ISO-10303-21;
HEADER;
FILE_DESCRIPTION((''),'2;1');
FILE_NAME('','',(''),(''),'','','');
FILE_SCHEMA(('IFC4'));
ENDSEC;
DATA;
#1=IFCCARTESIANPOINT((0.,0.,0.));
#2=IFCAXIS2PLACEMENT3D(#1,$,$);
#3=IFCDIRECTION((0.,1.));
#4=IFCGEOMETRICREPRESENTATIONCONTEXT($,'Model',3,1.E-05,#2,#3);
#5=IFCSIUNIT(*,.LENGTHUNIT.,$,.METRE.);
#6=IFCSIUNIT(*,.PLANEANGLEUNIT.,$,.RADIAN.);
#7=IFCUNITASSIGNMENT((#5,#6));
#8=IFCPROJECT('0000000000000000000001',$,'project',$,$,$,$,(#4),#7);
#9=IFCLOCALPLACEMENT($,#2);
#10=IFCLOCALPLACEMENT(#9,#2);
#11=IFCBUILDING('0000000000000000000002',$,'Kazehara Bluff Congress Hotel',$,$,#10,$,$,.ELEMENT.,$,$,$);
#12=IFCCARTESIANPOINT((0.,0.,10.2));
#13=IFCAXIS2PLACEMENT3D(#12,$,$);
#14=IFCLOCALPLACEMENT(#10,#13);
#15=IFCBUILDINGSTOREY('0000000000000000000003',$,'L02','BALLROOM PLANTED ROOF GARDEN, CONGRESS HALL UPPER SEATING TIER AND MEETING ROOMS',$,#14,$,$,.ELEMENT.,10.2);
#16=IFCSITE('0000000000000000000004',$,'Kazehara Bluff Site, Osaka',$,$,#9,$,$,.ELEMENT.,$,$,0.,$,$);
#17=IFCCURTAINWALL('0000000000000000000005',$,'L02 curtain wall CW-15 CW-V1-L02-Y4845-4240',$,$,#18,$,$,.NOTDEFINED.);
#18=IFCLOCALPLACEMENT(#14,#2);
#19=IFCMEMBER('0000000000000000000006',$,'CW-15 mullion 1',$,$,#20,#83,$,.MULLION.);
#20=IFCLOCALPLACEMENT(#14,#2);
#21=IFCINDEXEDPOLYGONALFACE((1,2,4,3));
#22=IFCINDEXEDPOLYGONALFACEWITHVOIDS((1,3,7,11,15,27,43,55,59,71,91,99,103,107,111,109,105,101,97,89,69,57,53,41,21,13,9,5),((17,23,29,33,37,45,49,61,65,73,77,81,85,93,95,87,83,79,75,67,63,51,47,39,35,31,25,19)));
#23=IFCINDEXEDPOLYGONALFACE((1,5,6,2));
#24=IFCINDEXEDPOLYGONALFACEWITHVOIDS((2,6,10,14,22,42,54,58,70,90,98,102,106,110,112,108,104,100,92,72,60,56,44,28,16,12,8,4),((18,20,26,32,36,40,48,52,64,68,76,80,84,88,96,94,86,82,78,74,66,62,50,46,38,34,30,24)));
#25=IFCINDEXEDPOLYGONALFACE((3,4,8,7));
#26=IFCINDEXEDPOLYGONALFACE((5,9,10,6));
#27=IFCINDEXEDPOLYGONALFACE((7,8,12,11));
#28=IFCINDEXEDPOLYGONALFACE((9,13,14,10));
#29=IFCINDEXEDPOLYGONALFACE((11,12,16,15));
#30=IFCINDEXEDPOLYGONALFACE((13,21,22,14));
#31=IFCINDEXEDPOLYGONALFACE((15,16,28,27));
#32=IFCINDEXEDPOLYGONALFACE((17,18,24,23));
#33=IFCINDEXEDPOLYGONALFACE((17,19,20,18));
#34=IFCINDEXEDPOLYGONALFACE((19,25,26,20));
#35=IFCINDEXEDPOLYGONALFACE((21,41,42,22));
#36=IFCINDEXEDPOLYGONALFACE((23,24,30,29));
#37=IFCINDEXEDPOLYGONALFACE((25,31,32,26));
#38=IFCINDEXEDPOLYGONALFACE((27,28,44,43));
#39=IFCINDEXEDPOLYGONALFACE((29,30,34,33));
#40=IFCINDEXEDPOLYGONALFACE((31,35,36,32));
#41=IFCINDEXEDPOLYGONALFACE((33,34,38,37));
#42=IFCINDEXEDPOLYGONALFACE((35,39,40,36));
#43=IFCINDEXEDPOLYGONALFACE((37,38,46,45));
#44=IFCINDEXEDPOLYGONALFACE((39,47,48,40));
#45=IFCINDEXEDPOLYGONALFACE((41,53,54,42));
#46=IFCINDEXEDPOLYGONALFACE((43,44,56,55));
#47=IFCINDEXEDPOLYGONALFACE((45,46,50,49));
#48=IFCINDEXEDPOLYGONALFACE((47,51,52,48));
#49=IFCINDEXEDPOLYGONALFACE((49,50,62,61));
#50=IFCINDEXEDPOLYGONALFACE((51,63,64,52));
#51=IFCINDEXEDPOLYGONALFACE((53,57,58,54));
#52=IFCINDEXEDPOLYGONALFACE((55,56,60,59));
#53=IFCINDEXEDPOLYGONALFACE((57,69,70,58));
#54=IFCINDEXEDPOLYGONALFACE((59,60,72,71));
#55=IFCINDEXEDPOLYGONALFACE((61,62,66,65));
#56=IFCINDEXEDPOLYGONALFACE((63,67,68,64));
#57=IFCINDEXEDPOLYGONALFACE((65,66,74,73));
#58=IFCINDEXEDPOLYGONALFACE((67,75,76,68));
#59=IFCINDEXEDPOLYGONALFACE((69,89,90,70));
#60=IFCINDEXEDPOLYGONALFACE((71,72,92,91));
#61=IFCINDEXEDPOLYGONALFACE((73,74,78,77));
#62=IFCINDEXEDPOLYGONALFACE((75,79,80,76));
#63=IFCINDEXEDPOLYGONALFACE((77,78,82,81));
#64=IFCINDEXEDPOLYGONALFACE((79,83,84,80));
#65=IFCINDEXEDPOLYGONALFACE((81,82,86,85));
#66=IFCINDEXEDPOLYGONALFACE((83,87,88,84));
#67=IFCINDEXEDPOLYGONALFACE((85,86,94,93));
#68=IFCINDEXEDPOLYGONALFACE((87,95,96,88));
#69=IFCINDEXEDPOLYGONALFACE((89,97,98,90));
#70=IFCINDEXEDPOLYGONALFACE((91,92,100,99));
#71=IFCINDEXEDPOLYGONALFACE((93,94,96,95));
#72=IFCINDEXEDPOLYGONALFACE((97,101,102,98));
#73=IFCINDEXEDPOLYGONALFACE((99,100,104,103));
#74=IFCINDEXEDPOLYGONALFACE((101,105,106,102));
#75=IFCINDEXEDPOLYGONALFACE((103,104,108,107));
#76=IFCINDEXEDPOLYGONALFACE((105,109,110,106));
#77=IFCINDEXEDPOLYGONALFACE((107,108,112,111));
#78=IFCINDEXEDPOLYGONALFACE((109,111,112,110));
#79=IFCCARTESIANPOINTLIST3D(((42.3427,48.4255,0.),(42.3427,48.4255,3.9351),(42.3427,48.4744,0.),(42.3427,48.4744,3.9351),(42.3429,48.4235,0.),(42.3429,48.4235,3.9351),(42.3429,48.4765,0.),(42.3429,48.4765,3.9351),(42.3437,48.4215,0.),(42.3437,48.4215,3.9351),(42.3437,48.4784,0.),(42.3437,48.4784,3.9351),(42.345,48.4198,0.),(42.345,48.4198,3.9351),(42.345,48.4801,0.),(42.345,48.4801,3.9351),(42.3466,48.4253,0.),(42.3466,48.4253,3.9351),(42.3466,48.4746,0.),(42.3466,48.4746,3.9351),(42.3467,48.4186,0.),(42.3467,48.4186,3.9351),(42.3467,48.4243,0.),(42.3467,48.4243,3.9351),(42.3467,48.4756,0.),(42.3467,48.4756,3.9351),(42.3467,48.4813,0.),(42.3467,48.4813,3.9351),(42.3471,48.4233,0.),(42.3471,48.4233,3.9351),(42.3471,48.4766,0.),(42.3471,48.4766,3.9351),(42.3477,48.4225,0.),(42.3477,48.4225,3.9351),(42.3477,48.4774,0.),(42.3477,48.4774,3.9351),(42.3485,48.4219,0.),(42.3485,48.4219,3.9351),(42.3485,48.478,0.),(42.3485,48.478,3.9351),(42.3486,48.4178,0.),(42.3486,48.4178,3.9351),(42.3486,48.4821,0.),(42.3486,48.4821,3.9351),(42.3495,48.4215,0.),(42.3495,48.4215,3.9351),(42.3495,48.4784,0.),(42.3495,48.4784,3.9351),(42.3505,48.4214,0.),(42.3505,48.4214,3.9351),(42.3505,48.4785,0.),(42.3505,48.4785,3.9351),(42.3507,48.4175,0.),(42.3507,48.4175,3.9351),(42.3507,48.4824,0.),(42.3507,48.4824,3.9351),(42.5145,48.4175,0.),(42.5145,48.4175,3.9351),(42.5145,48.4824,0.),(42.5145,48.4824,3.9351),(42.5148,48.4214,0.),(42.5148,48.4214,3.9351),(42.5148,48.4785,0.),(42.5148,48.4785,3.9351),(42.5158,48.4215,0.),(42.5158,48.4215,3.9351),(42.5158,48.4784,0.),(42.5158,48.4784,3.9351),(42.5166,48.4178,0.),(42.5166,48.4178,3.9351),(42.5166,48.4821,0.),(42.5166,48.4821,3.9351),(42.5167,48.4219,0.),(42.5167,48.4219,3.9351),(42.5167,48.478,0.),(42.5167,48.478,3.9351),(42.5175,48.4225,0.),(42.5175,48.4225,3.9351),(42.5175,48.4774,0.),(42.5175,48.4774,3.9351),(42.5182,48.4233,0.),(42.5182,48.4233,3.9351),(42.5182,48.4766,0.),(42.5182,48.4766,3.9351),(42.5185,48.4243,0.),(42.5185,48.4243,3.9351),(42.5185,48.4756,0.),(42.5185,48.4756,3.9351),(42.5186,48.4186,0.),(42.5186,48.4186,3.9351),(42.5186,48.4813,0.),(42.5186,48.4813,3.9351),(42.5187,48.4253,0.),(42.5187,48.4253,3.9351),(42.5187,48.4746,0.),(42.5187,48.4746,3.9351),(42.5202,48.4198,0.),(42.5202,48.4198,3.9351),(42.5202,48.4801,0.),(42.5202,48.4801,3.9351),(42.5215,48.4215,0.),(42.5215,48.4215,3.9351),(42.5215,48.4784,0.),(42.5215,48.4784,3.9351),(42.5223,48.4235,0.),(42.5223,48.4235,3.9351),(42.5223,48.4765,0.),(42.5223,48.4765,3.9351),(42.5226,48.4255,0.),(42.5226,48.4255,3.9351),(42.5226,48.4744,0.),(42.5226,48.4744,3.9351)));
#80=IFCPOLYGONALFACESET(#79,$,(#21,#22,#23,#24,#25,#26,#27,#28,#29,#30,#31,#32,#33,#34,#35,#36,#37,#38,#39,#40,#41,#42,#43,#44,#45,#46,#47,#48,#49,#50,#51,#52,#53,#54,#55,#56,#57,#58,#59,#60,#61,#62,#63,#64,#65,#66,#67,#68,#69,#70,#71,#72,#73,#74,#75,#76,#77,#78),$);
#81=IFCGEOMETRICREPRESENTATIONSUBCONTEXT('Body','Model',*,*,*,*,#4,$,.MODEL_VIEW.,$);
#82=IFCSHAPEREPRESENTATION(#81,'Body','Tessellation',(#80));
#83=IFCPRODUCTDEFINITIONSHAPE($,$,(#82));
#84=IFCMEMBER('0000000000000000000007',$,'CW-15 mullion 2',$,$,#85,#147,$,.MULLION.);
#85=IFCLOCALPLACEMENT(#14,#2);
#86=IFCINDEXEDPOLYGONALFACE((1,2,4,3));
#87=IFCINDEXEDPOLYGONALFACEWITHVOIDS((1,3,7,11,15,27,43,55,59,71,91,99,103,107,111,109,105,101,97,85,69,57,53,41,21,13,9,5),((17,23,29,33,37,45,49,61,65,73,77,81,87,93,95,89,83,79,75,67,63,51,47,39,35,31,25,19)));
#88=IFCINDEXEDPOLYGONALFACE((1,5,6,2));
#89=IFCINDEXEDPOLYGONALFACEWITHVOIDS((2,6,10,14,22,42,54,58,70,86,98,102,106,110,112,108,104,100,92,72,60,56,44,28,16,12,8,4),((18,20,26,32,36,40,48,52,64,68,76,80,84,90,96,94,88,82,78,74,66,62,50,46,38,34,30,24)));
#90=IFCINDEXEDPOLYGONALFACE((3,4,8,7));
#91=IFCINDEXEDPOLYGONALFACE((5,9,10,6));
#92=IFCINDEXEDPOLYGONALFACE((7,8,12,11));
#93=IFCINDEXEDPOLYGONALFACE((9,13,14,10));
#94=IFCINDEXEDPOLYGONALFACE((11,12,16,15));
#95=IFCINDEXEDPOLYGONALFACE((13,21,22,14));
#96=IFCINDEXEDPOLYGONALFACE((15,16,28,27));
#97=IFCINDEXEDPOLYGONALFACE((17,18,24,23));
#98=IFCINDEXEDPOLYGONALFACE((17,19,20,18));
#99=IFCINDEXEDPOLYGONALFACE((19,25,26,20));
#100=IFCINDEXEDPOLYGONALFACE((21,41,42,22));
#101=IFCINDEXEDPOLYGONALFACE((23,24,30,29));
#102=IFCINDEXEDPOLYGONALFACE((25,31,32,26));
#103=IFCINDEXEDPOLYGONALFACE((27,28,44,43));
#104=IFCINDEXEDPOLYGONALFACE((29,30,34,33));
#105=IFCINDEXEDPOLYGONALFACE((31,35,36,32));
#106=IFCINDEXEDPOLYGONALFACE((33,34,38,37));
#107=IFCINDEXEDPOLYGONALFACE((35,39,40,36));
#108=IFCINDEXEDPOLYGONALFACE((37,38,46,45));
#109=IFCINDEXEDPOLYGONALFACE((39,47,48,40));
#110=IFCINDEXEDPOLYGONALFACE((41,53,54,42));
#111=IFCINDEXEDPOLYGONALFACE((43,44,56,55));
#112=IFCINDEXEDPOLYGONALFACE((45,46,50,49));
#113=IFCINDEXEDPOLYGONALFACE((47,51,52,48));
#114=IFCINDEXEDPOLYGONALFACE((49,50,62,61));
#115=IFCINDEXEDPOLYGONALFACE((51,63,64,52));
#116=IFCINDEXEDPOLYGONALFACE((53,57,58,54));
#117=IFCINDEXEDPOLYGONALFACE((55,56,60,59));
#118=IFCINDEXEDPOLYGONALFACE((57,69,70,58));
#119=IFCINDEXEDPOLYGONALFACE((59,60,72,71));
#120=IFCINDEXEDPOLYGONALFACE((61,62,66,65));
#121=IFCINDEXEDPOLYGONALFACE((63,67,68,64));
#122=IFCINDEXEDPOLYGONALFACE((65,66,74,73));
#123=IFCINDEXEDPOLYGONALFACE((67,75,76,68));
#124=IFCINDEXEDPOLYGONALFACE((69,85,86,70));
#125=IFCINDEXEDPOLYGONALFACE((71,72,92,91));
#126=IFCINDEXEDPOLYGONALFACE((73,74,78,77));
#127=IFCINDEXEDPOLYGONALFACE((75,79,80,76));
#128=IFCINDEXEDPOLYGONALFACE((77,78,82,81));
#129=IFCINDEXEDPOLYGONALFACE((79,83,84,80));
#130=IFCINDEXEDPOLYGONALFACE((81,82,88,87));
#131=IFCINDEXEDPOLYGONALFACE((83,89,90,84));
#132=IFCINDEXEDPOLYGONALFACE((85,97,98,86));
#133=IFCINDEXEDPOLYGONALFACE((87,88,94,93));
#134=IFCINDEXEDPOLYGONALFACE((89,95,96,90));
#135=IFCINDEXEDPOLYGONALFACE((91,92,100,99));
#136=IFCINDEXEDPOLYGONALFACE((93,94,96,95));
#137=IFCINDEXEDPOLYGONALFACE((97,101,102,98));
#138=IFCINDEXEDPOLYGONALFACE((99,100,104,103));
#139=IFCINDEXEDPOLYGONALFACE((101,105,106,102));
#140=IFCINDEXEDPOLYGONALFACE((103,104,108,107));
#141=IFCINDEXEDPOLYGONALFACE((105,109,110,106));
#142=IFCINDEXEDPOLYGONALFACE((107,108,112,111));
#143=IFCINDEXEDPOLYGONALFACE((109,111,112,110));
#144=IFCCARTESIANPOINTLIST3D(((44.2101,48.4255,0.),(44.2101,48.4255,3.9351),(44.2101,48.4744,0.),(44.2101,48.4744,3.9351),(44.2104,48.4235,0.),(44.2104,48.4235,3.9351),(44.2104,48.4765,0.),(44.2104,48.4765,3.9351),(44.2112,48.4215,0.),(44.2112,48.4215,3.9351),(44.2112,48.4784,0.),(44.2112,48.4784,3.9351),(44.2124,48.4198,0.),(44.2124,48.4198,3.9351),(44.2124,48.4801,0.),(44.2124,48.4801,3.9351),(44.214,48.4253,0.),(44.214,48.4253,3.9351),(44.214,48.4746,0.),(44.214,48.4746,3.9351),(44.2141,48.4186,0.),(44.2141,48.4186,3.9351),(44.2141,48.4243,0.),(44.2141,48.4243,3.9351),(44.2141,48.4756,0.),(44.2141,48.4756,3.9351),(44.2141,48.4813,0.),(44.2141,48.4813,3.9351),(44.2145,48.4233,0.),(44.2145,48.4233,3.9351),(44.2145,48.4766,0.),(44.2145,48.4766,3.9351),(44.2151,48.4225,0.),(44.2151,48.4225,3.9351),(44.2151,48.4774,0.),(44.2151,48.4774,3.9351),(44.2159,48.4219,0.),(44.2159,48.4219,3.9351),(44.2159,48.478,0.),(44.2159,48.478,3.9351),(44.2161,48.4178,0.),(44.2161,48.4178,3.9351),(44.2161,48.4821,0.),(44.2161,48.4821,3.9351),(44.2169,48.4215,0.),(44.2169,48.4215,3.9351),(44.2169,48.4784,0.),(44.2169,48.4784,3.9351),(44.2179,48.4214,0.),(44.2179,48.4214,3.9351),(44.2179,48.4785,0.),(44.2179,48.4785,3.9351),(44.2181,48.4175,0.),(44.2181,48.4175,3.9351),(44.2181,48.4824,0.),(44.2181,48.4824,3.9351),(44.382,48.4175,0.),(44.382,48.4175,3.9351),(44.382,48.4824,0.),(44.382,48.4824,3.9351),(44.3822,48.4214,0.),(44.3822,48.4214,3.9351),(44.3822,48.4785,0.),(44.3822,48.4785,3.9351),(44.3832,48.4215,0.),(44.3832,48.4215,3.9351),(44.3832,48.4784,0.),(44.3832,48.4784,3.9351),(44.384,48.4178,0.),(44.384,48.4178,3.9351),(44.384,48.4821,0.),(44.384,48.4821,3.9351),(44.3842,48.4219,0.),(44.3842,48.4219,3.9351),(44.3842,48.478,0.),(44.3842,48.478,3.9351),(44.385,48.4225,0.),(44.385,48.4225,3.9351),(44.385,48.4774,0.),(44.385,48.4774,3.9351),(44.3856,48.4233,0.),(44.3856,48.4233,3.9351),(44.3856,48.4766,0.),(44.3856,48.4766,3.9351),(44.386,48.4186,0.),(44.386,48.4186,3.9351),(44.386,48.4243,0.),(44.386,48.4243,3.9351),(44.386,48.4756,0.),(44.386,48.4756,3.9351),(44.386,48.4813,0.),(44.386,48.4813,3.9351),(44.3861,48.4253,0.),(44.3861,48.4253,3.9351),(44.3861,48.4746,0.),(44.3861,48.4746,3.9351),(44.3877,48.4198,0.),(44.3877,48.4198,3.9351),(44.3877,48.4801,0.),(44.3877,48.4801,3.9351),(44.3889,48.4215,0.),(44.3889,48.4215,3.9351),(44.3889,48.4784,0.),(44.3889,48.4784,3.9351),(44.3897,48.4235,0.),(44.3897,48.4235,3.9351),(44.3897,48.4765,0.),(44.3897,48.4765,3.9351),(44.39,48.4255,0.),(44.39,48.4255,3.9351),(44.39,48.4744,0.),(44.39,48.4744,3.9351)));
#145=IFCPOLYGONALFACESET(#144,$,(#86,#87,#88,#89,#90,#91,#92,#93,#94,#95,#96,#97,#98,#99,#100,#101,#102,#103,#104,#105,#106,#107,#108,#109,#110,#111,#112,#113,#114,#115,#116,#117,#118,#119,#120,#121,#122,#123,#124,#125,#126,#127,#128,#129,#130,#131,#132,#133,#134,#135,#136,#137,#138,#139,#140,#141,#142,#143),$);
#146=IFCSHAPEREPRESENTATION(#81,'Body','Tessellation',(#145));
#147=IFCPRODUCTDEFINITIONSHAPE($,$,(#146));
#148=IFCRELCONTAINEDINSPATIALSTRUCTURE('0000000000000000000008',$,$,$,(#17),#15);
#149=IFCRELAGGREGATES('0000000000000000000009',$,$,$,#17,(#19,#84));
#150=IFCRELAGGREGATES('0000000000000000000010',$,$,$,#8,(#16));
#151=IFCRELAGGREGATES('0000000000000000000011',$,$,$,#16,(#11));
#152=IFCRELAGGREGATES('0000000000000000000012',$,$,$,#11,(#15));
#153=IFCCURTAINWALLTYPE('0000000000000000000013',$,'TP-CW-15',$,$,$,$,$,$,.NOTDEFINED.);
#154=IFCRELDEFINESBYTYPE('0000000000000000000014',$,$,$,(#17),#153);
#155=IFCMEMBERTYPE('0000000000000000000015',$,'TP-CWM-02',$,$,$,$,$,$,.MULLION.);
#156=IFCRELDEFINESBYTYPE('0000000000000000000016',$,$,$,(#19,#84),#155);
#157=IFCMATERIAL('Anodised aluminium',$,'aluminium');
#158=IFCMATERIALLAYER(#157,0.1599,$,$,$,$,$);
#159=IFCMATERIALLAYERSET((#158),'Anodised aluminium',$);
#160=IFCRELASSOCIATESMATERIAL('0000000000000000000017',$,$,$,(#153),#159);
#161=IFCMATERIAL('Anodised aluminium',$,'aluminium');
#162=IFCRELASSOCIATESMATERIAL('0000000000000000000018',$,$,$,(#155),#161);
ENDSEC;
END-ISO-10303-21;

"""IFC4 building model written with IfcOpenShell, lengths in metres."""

from ifc_helpers import new_model, si_unit, direction, frame, origin, origin_2d, place, context, subcontext, project, spatial, hollow_rectangle, extrude, material, layer, layer_set, material_profile, profile_set, type_object, element, aggregate, save


model = new_model("IFC4")

# Units and contexts
model_context = context("Model", 3, precision=1e-05, world=origin(), true_north=direction((0.0, 1.0)))
body_context = subcontext(model_context, "Body", "Model", "MODEL_VIEW")
ifc_project = project(units=[si_unit("LENGTHUNIT", "METRE"), si_unit("PLANEANGLEUNIT", "RADIAN")], contexts=[model_context])

# Site, building, storey
site_placement = place(None, origin())
site = spatial("IfcSite", under=ifc_project, at=site_placement, Name="Kazehara Bluff Site, Osaka", CompositionType="ELEMENT", RefElevation=0.0)
building_placement = place(site_placement, origin())
building = spatial("IfcBuilding", under=site, at=building_placement, Name="Kazehara Bluff Congress Hotel", CompositionType="ELEMENT")
storey_placement = place(building_placement, frame((0.0, 0.0, 10.2)))
storey = spatial("IfcBuildingStorey", under=building, at=storey_placement, Name="L02", Description="BALLROOM PLANTED ROOF GARDEN, CONGRESS HALL UPPER SEATING TIER AND MEETING ROOMS", CompositionType="ELEMENT", Elevation=10.2)

# Curtain wall, members
ifc_material_1 = material(Name="Anodised aluminium", Category="aluminium")
ifc_layer_1 = layer(ifc_material_1, 0.1599)
ifc_layer_set_1 = layer_set([ifc_layer_1], Name="Anodised aluminium")
curtain_wall_type_1 = type_object("IfcCurtainWallType", Name="TP-CW-15", PredefinedType="NOTDEFINED", material=ifc_layer_set_1)
curtain_wall_1_placement = place(storey_placement, origin())
curtain_wall_1 = element("IfcCurtainWall", 1, at=curtain_wall_1_placement, inside=storey, type_object=curtain_wall_type_1, Name="L02 curtain wall CW-15 CW-V1-L02-Y4845-4240", PredefinedType="NOTDEFINED")
ifc_material_2 = material(Name="Anodised aluminium", Category="aluminium")
ifc_material_profile_1 = material_profile(ifc_material_2, hollow_rectangle(XDim=0.0649, YDim=0.1799, WallThickness=0.0039, InnerFilletRadius=0.0039, OuterFilletRadius=0.0081, at=origin_2d()))
ifc_profile_set_1 = profile_set([ifc_material_profile_1], Name="Anodised aluminium")
member_type_1 = type_object("IfcMemberType", Name="TP-CWM-02", PredefinedType="MULLION", material=ifc_profile_set_1)
member_1_placement = place(storey_placement, frame((42.4326, 48.45, 0.0), z_axis=(0.0, 0.0, 1.0), x_axis=(0.0, 1.0, 0.0)))
member_1 = element("IfcMember", 2, at=member_1_placement, type_object=member_type_1, Name="CW-15 mullion 1", PredefinedType="MULLION", context=body_context, shape_type="SweptSolid", body=[
    extrude(hollow_rectangle(XDim=0.0649, YDim=0.1799, WallThickness=0.0039, InnerFilletRadius=0.0039, OuterFilletRadius=0.0081, at=origin_2d()), origin(), (0.0, 0.0, 1.0), 3.9351),
])
member_2_placement = place(storey_placement, frame((44.3, 48.45, 0.0), z_axis=(0.0, 0.0, 1.0), x_axis=(0.0, 1.0, 0.0)))
member_2 = element("IfcMember", 3, at=member_2_placement, type_object=member_type_1, Name="CW-15 mullion 2", PredefinedType="MULLION", context=body_context, shape_type="SweptSolid", body=[
    extrude(hollow_rectangle(XDim=0.0649, YDim=0.1799, WallThickness=0.0039, InnerFilletRadius=0.0039, OuterFilletRadius=0.0081, at=origin_2d()), origin(), (0.0, 0.0, 1.0), 3.9351),
])

aggregate(curtain_wall_1, [member_1, member_2])

save(model, "model.ifc")
